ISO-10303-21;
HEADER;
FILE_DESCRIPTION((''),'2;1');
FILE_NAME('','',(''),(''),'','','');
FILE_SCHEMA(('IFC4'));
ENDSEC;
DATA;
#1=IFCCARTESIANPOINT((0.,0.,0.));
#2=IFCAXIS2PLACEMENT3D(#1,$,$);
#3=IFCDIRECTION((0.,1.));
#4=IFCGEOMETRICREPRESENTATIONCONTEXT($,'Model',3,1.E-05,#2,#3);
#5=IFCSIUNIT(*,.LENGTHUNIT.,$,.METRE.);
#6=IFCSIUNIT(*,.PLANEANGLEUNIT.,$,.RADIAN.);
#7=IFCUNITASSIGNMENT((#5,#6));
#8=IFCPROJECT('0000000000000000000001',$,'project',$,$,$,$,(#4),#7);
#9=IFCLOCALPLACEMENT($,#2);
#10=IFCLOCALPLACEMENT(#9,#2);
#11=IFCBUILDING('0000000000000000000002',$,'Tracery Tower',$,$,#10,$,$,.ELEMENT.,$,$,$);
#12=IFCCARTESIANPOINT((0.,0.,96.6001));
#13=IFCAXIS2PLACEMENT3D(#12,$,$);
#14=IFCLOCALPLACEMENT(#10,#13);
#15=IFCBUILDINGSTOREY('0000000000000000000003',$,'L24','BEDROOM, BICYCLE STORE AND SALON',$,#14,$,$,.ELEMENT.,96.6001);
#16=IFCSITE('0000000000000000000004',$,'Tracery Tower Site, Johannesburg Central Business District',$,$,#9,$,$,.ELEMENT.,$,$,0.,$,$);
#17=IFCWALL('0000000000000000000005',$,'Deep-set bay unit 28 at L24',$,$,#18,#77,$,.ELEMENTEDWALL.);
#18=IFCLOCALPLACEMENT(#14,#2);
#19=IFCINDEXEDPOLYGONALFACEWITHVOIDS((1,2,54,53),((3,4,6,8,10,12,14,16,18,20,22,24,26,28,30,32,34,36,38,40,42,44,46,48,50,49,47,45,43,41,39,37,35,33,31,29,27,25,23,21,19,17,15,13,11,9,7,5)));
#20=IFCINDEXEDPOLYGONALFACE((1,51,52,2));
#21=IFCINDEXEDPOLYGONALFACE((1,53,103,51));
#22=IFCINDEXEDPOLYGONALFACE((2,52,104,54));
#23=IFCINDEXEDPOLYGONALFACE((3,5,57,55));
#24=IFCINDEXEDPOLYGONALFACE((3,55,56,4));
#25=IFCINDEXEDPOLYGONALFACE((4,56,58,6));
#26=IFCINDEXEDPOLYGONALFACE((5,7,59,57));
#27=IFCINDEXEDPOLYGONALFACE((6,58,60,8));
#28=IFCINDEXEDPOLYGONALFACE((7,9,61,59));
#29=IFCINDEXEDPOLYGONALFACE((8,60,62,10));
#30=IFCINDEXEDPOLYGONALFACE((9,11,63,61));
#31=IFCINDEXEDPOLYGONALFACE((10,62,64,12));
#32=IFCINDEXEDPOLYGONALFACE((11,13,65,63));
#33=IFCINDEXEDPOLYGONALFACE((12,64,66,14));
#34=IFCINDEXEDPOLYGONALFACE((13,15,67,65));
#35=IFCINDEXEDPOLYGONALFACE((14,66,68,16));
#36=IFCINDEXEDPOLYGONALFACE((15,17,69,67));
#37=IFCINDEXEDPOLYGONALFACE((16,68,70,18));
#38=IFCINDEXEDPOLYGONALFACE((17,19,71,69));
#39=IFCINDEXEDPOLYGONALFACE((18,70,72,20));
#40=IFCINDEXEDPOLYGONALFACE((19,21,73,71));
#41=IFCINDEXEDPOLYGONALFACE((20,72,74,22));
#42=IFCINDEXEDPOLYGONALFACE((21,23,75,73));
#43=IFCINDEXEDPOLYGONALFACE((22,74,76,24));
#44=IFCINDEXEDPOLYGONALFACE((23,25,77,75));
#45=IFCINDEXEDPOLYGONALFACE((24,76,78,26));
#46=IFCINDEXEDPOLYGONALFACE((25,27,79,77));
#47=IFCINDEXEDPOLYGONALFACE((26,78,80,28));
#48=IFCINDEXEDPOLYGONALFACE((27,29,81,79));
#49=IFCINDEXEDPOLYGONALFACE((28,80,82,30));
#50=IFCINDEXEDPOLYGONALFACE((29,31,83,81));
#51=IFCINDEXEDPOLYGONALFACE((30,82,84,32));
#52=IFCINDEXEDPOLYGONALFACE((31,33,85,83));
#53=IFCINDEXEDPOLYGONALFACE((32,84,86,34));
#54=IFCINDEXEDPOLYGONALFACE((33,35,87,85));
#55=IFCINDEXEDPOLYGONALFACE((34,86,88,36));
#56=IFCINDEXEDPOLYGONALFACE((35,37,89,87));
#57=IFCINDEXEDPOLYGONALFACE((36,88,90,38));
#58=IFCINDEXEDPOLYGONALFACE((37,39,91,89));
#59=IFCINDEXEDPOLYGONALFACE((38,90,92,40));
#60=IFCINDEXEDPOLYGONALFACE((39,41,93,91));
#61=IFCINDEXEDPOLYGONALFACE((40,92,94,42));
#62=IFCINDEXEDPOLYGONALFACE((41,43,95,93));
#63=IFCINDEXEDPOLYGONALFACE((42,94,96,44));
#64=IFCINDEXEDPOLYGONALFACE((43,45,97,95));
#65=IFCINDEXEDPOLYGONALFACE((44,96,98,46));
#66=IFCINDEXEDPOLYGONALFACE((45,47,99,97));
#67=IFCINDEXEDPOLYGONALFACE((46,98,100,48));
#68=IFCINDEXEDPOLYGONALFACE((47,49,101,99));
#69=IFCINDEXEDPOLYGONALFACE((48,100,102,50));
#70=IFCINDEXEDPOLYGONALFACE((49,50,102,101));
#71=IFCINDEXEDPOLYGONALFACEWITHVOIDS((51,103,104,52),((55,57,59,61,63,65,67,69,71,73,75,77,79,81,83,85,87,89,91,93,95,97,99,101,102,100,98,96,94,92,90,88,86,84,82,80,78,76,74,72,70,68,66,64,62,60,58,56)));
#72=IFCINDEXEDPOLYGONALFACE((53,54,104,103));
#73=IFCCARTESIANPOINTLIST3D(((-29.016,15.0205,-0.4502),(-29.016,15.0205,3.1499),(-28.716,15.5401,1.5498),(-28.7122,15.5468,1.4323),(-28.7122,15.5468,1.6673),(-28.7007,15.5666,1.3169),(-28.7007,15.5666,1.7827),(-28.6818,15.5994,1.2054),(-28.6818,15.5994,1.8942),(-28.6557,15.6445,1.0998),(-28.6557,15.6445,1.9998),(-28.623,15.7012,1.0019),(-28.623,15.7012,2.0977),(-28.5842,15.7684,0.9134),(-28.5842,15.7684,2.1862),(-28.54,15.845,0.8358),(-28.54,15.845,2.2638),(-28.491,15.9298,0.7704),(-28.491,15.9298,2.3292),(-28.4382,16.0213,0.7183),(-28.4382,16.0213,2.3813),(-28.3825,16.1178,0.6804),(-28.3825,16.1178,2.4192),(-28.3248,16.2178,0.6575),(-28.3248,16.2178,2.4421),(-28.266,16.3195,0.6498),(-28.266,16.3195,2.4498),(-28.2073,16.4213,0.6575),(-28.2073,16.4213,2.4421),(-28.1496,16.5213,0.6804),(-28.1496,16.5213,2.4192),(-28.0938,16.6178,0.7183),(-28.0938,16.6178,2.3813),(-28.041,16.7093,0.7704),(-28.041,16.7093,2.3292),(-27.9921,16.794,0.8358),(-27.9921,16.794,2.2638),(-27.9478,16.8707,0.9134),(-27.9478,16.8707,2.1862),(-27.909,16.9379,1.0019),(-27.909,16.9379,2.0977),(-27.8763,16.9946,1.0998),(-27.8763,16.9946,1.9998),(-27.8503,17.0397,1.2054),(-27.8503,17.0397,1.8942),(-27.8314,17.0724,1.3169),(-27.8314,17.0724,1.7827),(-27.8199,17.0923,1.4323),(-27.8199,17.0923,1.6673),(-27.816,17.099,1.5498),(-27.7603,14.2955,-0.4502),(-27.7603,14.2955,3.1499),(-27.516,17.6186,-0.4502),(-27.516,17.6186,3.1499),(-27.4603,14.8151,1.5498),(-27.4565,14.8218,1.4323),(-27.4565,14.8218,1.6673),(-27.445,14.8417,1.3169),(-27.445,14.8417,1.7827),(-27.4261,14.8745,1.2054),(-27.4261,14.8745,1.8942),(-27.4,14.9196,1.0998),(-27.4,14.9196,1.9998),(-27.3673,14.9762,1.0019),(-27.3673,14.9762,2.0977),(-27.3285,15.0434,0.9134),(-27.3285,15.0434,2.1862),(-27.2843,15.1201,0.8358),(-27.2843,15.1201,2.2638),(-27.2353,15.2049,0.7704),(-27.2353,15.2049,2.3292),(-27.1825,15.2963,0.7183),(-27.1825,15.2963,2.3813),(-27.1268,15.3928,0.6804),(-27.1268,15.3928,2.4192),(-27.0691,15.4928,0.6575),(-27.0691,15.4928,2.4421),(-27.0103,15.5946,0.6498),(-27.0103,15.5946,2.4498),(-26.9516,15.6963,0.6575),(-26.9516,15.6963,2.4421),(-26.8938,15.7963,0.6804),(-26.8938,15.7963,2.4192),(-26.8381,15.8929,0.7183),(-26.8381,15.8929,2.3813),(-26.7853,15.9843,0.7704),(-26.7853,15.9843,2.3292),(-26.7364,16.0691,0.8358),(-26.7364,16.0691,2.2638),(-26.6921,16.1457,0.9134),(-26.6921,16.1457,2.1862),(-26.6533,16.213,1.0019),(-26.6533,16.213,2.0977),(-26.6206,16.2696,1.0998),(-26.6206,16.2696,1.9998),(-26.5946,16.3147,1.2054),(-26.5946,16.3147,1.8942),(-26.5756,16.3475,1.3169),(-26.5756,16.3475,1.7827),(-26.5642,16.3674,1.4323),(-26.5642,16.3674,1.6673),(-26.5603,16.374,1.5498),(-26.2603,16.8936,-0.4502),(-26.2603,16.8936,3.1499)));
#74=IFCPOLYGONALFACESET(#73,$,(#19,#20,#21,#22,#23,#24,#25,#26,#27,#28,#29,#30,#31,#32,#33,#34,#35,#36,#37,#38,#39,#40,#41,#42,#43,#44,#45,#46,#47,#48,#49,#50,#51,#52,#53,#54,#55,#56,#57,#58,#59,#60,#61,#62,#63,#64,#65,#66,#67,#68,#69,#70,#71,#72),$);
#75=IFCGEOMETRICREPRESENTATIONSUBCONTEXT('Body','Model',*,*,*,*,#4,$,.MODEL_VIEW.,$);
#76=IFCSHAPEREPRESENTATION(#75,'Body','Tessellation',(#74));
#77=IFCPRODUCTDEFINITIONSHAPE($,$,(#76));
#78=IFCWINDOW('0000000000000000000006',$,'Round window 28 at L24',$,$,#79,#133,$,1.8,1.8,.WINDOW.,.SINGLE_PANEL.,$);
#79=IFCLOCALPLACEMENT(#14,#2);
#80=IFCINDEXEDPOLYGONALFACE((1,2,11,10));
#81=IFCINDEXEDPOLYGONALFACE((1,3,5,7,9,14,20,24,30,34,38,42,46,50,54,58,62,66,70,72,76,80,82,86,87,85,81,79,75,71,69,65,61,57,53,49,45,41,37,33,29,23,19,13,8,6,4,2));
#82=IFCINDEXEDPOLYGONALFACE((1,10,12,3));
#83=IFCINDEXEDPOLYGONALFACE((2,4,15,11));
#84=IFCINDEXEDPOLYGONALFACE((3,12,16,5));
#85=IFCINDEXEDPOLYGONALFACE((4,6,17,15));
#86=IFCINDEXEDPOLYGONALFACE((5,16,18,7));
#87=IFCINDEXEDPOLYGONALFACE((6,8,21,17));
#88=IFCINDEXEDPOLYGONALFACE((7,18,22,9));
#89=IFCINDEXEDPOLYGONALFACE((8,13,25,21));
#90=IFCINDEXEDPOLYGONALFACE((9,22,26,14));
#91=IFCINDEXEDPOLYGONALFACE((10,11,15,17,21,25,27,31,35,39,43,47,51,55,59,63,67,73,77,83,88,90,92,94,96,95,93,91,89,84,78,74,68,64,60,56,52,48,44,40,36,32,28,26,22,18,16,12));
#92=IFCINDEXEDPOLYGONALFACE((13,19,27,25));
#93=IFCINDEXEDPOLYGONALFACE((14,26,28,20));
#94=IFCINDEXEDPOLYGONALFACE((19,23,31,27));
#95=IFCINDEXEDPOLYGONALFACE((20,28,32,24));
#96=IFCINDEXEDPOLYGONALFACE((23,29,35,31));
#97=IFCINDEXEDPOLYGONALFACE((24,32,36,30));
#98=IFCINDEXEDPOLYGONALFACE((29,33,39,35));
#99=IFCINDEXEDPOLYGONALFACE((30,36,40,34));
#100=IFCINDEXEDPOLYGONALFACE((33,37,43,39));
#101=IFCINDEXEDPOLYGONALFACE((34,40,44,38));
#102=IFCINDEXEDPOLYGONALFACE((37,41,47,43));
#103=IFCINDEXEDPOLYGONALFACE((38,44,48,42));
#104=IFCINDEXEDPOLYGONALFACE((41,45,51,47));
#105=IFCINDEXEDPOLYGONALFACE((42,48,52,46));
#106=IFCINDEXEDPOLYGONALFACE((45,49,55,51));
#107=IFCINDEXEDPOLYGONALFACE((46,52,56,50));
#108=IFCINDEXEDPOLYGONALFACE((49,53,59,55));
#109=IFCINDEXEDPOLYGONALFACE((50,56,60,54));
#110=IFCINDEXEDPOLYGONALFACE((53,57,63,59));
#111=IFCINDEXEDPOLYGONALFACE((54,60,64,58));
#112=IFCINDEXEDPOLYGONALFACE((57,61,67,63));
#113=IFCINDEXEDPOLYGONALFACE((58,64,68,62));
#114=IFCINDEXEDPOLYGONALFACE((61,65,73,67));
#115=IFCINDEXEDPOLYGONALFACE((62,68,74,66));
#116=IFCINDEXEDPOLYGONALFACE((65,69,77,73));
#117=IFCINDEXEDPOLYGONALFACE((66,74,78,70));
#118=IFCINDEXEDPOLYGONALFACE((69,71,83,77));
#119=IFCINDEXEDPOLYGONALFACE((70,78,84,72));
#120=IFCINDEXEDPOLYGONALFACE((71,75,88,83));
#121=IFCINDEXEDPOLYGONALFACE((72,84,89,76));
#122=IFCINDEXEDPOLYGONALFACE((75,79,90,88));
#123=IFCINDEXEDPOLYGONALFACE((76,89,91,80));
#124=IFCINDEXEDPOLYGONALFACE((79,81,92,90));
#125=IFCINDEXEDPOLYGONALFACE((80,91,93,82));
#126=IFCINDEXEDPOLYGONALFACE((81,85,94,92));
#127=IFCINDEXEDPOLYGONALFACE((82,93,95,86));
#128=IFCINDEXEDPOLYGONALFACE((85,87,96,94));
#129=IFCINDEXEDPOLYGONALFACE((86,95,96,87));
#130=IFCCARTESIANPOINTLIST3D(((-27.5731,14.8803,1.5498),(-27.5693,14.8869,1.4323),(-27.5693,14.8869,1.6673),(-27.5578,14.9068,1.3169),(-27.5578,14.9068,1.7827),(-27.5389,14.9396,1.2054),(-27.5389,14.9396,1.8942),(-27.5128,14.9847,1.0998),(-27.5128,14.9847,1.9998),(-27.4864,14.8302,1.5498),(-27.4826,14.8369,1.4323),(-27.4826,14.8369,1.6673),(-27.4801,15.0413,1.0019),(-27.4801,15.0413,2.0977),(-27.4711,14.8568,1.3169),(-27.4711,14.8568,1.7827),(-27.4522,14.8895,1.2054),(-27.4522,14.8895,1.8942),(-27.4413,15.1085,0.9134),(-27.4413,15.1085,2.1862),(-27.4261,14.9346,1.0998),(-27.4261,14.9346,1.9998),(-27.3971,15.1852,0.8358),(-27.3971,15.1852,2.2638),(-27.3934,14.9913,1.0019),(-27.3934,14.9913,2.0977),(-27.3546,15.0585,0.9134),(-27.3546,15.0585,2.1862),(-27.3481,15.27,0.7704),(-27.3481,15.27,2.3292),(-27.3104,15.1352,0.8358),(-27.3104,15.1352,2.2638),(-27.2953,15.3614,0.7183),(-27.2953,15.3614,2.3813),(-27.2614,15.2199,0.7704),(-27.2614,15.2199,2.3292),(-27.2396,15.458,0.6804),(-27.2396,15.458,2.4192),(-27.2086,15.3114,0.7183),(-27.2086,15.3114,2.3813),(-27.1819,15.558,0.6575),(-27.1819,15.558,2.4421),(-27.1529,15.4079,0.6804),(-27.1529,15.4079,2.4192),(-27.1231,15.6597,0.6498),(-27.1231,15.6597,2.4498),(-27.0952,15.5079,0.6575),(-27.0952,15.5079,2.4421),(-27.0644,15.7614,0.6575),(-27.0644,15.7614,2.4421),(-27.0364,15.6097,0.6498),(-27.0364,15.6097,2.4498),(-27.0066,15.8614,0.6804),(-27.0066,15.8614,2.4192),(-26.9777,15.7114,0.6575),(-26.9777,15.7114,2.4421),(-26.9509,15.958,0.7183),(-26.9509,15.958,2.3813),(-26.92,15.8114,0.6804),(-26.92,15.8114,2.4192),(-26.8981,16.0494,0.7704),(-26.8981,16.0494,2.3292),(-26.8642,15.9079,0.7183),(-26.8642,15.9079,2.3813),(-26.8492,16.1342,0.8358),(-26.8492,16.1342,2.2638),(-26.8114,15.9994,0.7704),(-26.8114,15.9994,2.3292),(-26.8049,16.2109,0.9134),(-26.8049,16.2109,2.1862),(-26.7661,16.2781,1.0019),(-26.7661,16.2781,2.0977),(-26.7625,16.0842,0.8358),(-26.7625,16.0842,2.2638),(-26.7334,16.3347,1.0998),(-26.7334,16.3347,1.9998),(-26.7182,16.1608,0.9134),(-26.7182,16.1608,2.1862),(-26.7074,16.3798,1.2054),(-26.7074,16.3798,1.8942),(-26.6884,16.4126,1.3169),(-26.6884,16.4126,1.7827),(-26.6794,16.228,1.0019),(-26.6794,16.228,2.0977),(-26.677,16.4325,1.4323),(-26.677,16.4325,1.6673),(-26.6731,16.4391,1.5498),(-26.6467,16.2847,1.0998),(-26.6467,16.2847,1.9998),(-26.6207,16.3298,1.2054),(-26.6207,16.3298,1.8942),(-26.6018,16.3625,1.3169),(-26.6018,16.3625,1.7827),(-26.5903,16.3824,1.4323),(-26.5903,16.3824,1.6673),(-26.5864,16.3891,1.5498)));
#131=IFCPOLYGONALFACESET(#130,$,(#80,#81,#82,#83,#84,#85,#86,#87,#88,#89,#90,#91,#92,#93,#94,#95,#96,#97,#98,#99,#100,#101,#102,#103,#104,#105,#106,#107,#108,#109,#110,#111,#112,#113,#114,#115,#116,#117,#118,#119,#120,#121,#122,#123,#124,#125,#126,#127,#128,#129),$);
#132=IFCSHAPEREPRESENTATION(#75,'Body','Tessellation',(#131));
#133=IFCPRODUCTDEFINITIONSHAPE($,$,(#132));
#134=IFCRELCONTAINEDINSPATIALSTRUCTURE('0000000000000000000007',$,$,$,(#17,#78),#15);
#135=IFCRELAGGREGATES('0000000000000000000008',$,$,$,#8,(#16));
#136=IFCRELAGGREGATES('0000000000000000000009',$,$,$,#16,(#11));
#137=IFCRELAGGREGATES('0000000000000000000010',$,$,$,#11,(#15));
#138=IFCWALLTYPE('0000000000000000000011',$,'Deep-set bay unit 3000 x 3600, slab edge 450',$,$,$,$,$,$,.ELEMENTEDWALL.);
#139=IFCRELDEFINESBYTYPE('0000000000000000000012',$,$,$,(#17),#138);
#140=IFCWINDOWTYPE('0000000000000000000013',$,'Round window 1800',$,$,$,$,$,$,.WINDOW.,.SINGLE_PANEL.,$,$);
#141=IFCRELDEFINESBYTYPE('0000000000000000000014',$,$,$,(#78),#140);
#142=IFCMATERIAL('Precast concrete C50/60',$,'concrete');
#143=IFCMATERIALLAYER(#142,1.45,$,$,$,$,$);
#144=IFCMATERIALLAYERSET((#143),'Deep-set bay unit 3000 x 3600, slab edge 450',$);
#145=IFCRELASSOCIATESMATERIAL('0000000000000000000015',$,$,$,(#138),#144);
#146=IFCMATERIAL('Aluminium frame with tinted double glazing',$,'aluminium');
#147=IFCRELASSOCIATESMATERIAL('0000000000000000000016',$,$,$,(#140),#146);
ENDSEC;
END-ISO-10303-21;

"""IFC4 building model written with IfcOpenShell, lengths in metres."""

from ifc_helpers import new_model, si_unit, direction, frame, frame_2d, origin, origin_2d, place, context, subcontext, project, spatial, rectangle, circle, extrude, material, layer, layer_set, type_object, element, fill, save


model = new_model("IFC4")

# Units and contexts
model_context = context("Model", 3, precision=1e-05, world=origin(), true_north=direction((0.0, 1.0)))
body_context = subcontext(model_context, "Body", "Model", "MODEL_VIEW")
ifc_project = project(units=[si_unit("LENGTHUNIT", "METRE"), si_unit("PLANEANGLEUNIT", "RADIAN")], contexts=[model_context])

# Site, building, storey
site_placement = place(None, origin())
site = spatial("IfcSite", under=ifc_project, at=site_placement, Name="Tracery Tower Site, Johannesburg Central Business District", CompositionType="ELEMENT", RefElevation=0.0)
building_placement = place(site_placement, origin())
building = spatial("IfcBuilding", under=site, at=building_placement, Name="Tracery Tower", CompositionType="ELEMENT")
storey_placement = place(building_placement, frame((0.0, 0.0, 96.6001)))
storey = spatial("IfcBuildingStorey", under=building, at=storey_placement, Name="L24", Description="BEDROOM, BICYCLE STORE AND SALON", CompositionType="ELEMENT", Elevation=96.6001)

# Wall, opening, window
ifc_material_1 = material(Name="Precast concrete C50/60", Category="concrete")
ifc_layer_1 = layer(ifc_material_1, 1.45)
ifc_layer_set_1 = layer_set([ifc_layer_1], Name="Deep-set bay unit 3000 x 3600, slab edge 450")
wall_type_1 = type_object("IfcWallType", Name="Deep-set bay unit 3000 x 3600, slab edge 450", PredefinedType="ELEMENTEDWALL", material=ifc_layer_set_1)
ifc_material_2 = material(Name="Aluminium frame with tinted double glazing", Category="aluminium")
window_type = type_object("IfcWindowType", Name="Round window 1800", PartitioningType="SINGLE_PANEL", PredefinedType="WINDOW", material=ifc_material_2)
wall_1_placement = place(storey_placement, frame((-26.8882, 17.2561, -0.4502), z_axis=(0.0, 0.0, 1.0), x_axis=(-0.49999, -0.866031, 0.0)))
wall_1 = element("IfcWall", 1, at=wall_1_placement, inside=storey, type_object=wall_type_1, Name="Deep-set bay unit 28 at L24", PredefinedType="ELEMENTEDWALL", context=body_context, shape_type="SweptSolid", body=[
    extrude(rectangle(XDim=3.0, YDim=1.45, at=frame_2d((1.5, 0.0))), origin(), (0.0, 0.0, 1.0), 3.6001),
])
opening_1_placement = place(wall_1_placement, frame((1.5, 0.0, 2.0)))
opening_1 = element("IfcOpeningElement", 2, at=opening_1_placement, cuts=wall_1, PredefinedType="OPENING", context=body_context, shape_type="SweptSolid", body=[
    extrude(circle(Radius=0.9, at=origin_2d()), frame((0.0, 0.7349, 0.0), z_axis=(0.0, -1.0, 0.0), x_axis=(1.0, 0.0, 0.0)), (0.0, 0.0, 1.0), 1.47),
])
window_1_placement = place(opening_1_placement, origin())
window_1 = element("IfcWindow", 3, at=window_1_placement, inside=storey, type_object=window_type, Name="Round window 28 at L24", OverallHeight=1.8, OverallWidth=1.8, PartitioningType="SINGLE_PANEL", PredefinedType="WINDOW", context=body_context, shape_type="SweptSolid", body=[
    extrude(circle(Radius=0.9, at=origin_2d()), frame((0.0, 0.6948, 0.0), z_axis=(0.0, -1.0, 0.0), x_axis=(1.0, 0.0, 0.0)), (0.0, 0.0, 1.0), 0.1001),
])
fill(opening_1, window_1)

save(model, "model.ifc")
